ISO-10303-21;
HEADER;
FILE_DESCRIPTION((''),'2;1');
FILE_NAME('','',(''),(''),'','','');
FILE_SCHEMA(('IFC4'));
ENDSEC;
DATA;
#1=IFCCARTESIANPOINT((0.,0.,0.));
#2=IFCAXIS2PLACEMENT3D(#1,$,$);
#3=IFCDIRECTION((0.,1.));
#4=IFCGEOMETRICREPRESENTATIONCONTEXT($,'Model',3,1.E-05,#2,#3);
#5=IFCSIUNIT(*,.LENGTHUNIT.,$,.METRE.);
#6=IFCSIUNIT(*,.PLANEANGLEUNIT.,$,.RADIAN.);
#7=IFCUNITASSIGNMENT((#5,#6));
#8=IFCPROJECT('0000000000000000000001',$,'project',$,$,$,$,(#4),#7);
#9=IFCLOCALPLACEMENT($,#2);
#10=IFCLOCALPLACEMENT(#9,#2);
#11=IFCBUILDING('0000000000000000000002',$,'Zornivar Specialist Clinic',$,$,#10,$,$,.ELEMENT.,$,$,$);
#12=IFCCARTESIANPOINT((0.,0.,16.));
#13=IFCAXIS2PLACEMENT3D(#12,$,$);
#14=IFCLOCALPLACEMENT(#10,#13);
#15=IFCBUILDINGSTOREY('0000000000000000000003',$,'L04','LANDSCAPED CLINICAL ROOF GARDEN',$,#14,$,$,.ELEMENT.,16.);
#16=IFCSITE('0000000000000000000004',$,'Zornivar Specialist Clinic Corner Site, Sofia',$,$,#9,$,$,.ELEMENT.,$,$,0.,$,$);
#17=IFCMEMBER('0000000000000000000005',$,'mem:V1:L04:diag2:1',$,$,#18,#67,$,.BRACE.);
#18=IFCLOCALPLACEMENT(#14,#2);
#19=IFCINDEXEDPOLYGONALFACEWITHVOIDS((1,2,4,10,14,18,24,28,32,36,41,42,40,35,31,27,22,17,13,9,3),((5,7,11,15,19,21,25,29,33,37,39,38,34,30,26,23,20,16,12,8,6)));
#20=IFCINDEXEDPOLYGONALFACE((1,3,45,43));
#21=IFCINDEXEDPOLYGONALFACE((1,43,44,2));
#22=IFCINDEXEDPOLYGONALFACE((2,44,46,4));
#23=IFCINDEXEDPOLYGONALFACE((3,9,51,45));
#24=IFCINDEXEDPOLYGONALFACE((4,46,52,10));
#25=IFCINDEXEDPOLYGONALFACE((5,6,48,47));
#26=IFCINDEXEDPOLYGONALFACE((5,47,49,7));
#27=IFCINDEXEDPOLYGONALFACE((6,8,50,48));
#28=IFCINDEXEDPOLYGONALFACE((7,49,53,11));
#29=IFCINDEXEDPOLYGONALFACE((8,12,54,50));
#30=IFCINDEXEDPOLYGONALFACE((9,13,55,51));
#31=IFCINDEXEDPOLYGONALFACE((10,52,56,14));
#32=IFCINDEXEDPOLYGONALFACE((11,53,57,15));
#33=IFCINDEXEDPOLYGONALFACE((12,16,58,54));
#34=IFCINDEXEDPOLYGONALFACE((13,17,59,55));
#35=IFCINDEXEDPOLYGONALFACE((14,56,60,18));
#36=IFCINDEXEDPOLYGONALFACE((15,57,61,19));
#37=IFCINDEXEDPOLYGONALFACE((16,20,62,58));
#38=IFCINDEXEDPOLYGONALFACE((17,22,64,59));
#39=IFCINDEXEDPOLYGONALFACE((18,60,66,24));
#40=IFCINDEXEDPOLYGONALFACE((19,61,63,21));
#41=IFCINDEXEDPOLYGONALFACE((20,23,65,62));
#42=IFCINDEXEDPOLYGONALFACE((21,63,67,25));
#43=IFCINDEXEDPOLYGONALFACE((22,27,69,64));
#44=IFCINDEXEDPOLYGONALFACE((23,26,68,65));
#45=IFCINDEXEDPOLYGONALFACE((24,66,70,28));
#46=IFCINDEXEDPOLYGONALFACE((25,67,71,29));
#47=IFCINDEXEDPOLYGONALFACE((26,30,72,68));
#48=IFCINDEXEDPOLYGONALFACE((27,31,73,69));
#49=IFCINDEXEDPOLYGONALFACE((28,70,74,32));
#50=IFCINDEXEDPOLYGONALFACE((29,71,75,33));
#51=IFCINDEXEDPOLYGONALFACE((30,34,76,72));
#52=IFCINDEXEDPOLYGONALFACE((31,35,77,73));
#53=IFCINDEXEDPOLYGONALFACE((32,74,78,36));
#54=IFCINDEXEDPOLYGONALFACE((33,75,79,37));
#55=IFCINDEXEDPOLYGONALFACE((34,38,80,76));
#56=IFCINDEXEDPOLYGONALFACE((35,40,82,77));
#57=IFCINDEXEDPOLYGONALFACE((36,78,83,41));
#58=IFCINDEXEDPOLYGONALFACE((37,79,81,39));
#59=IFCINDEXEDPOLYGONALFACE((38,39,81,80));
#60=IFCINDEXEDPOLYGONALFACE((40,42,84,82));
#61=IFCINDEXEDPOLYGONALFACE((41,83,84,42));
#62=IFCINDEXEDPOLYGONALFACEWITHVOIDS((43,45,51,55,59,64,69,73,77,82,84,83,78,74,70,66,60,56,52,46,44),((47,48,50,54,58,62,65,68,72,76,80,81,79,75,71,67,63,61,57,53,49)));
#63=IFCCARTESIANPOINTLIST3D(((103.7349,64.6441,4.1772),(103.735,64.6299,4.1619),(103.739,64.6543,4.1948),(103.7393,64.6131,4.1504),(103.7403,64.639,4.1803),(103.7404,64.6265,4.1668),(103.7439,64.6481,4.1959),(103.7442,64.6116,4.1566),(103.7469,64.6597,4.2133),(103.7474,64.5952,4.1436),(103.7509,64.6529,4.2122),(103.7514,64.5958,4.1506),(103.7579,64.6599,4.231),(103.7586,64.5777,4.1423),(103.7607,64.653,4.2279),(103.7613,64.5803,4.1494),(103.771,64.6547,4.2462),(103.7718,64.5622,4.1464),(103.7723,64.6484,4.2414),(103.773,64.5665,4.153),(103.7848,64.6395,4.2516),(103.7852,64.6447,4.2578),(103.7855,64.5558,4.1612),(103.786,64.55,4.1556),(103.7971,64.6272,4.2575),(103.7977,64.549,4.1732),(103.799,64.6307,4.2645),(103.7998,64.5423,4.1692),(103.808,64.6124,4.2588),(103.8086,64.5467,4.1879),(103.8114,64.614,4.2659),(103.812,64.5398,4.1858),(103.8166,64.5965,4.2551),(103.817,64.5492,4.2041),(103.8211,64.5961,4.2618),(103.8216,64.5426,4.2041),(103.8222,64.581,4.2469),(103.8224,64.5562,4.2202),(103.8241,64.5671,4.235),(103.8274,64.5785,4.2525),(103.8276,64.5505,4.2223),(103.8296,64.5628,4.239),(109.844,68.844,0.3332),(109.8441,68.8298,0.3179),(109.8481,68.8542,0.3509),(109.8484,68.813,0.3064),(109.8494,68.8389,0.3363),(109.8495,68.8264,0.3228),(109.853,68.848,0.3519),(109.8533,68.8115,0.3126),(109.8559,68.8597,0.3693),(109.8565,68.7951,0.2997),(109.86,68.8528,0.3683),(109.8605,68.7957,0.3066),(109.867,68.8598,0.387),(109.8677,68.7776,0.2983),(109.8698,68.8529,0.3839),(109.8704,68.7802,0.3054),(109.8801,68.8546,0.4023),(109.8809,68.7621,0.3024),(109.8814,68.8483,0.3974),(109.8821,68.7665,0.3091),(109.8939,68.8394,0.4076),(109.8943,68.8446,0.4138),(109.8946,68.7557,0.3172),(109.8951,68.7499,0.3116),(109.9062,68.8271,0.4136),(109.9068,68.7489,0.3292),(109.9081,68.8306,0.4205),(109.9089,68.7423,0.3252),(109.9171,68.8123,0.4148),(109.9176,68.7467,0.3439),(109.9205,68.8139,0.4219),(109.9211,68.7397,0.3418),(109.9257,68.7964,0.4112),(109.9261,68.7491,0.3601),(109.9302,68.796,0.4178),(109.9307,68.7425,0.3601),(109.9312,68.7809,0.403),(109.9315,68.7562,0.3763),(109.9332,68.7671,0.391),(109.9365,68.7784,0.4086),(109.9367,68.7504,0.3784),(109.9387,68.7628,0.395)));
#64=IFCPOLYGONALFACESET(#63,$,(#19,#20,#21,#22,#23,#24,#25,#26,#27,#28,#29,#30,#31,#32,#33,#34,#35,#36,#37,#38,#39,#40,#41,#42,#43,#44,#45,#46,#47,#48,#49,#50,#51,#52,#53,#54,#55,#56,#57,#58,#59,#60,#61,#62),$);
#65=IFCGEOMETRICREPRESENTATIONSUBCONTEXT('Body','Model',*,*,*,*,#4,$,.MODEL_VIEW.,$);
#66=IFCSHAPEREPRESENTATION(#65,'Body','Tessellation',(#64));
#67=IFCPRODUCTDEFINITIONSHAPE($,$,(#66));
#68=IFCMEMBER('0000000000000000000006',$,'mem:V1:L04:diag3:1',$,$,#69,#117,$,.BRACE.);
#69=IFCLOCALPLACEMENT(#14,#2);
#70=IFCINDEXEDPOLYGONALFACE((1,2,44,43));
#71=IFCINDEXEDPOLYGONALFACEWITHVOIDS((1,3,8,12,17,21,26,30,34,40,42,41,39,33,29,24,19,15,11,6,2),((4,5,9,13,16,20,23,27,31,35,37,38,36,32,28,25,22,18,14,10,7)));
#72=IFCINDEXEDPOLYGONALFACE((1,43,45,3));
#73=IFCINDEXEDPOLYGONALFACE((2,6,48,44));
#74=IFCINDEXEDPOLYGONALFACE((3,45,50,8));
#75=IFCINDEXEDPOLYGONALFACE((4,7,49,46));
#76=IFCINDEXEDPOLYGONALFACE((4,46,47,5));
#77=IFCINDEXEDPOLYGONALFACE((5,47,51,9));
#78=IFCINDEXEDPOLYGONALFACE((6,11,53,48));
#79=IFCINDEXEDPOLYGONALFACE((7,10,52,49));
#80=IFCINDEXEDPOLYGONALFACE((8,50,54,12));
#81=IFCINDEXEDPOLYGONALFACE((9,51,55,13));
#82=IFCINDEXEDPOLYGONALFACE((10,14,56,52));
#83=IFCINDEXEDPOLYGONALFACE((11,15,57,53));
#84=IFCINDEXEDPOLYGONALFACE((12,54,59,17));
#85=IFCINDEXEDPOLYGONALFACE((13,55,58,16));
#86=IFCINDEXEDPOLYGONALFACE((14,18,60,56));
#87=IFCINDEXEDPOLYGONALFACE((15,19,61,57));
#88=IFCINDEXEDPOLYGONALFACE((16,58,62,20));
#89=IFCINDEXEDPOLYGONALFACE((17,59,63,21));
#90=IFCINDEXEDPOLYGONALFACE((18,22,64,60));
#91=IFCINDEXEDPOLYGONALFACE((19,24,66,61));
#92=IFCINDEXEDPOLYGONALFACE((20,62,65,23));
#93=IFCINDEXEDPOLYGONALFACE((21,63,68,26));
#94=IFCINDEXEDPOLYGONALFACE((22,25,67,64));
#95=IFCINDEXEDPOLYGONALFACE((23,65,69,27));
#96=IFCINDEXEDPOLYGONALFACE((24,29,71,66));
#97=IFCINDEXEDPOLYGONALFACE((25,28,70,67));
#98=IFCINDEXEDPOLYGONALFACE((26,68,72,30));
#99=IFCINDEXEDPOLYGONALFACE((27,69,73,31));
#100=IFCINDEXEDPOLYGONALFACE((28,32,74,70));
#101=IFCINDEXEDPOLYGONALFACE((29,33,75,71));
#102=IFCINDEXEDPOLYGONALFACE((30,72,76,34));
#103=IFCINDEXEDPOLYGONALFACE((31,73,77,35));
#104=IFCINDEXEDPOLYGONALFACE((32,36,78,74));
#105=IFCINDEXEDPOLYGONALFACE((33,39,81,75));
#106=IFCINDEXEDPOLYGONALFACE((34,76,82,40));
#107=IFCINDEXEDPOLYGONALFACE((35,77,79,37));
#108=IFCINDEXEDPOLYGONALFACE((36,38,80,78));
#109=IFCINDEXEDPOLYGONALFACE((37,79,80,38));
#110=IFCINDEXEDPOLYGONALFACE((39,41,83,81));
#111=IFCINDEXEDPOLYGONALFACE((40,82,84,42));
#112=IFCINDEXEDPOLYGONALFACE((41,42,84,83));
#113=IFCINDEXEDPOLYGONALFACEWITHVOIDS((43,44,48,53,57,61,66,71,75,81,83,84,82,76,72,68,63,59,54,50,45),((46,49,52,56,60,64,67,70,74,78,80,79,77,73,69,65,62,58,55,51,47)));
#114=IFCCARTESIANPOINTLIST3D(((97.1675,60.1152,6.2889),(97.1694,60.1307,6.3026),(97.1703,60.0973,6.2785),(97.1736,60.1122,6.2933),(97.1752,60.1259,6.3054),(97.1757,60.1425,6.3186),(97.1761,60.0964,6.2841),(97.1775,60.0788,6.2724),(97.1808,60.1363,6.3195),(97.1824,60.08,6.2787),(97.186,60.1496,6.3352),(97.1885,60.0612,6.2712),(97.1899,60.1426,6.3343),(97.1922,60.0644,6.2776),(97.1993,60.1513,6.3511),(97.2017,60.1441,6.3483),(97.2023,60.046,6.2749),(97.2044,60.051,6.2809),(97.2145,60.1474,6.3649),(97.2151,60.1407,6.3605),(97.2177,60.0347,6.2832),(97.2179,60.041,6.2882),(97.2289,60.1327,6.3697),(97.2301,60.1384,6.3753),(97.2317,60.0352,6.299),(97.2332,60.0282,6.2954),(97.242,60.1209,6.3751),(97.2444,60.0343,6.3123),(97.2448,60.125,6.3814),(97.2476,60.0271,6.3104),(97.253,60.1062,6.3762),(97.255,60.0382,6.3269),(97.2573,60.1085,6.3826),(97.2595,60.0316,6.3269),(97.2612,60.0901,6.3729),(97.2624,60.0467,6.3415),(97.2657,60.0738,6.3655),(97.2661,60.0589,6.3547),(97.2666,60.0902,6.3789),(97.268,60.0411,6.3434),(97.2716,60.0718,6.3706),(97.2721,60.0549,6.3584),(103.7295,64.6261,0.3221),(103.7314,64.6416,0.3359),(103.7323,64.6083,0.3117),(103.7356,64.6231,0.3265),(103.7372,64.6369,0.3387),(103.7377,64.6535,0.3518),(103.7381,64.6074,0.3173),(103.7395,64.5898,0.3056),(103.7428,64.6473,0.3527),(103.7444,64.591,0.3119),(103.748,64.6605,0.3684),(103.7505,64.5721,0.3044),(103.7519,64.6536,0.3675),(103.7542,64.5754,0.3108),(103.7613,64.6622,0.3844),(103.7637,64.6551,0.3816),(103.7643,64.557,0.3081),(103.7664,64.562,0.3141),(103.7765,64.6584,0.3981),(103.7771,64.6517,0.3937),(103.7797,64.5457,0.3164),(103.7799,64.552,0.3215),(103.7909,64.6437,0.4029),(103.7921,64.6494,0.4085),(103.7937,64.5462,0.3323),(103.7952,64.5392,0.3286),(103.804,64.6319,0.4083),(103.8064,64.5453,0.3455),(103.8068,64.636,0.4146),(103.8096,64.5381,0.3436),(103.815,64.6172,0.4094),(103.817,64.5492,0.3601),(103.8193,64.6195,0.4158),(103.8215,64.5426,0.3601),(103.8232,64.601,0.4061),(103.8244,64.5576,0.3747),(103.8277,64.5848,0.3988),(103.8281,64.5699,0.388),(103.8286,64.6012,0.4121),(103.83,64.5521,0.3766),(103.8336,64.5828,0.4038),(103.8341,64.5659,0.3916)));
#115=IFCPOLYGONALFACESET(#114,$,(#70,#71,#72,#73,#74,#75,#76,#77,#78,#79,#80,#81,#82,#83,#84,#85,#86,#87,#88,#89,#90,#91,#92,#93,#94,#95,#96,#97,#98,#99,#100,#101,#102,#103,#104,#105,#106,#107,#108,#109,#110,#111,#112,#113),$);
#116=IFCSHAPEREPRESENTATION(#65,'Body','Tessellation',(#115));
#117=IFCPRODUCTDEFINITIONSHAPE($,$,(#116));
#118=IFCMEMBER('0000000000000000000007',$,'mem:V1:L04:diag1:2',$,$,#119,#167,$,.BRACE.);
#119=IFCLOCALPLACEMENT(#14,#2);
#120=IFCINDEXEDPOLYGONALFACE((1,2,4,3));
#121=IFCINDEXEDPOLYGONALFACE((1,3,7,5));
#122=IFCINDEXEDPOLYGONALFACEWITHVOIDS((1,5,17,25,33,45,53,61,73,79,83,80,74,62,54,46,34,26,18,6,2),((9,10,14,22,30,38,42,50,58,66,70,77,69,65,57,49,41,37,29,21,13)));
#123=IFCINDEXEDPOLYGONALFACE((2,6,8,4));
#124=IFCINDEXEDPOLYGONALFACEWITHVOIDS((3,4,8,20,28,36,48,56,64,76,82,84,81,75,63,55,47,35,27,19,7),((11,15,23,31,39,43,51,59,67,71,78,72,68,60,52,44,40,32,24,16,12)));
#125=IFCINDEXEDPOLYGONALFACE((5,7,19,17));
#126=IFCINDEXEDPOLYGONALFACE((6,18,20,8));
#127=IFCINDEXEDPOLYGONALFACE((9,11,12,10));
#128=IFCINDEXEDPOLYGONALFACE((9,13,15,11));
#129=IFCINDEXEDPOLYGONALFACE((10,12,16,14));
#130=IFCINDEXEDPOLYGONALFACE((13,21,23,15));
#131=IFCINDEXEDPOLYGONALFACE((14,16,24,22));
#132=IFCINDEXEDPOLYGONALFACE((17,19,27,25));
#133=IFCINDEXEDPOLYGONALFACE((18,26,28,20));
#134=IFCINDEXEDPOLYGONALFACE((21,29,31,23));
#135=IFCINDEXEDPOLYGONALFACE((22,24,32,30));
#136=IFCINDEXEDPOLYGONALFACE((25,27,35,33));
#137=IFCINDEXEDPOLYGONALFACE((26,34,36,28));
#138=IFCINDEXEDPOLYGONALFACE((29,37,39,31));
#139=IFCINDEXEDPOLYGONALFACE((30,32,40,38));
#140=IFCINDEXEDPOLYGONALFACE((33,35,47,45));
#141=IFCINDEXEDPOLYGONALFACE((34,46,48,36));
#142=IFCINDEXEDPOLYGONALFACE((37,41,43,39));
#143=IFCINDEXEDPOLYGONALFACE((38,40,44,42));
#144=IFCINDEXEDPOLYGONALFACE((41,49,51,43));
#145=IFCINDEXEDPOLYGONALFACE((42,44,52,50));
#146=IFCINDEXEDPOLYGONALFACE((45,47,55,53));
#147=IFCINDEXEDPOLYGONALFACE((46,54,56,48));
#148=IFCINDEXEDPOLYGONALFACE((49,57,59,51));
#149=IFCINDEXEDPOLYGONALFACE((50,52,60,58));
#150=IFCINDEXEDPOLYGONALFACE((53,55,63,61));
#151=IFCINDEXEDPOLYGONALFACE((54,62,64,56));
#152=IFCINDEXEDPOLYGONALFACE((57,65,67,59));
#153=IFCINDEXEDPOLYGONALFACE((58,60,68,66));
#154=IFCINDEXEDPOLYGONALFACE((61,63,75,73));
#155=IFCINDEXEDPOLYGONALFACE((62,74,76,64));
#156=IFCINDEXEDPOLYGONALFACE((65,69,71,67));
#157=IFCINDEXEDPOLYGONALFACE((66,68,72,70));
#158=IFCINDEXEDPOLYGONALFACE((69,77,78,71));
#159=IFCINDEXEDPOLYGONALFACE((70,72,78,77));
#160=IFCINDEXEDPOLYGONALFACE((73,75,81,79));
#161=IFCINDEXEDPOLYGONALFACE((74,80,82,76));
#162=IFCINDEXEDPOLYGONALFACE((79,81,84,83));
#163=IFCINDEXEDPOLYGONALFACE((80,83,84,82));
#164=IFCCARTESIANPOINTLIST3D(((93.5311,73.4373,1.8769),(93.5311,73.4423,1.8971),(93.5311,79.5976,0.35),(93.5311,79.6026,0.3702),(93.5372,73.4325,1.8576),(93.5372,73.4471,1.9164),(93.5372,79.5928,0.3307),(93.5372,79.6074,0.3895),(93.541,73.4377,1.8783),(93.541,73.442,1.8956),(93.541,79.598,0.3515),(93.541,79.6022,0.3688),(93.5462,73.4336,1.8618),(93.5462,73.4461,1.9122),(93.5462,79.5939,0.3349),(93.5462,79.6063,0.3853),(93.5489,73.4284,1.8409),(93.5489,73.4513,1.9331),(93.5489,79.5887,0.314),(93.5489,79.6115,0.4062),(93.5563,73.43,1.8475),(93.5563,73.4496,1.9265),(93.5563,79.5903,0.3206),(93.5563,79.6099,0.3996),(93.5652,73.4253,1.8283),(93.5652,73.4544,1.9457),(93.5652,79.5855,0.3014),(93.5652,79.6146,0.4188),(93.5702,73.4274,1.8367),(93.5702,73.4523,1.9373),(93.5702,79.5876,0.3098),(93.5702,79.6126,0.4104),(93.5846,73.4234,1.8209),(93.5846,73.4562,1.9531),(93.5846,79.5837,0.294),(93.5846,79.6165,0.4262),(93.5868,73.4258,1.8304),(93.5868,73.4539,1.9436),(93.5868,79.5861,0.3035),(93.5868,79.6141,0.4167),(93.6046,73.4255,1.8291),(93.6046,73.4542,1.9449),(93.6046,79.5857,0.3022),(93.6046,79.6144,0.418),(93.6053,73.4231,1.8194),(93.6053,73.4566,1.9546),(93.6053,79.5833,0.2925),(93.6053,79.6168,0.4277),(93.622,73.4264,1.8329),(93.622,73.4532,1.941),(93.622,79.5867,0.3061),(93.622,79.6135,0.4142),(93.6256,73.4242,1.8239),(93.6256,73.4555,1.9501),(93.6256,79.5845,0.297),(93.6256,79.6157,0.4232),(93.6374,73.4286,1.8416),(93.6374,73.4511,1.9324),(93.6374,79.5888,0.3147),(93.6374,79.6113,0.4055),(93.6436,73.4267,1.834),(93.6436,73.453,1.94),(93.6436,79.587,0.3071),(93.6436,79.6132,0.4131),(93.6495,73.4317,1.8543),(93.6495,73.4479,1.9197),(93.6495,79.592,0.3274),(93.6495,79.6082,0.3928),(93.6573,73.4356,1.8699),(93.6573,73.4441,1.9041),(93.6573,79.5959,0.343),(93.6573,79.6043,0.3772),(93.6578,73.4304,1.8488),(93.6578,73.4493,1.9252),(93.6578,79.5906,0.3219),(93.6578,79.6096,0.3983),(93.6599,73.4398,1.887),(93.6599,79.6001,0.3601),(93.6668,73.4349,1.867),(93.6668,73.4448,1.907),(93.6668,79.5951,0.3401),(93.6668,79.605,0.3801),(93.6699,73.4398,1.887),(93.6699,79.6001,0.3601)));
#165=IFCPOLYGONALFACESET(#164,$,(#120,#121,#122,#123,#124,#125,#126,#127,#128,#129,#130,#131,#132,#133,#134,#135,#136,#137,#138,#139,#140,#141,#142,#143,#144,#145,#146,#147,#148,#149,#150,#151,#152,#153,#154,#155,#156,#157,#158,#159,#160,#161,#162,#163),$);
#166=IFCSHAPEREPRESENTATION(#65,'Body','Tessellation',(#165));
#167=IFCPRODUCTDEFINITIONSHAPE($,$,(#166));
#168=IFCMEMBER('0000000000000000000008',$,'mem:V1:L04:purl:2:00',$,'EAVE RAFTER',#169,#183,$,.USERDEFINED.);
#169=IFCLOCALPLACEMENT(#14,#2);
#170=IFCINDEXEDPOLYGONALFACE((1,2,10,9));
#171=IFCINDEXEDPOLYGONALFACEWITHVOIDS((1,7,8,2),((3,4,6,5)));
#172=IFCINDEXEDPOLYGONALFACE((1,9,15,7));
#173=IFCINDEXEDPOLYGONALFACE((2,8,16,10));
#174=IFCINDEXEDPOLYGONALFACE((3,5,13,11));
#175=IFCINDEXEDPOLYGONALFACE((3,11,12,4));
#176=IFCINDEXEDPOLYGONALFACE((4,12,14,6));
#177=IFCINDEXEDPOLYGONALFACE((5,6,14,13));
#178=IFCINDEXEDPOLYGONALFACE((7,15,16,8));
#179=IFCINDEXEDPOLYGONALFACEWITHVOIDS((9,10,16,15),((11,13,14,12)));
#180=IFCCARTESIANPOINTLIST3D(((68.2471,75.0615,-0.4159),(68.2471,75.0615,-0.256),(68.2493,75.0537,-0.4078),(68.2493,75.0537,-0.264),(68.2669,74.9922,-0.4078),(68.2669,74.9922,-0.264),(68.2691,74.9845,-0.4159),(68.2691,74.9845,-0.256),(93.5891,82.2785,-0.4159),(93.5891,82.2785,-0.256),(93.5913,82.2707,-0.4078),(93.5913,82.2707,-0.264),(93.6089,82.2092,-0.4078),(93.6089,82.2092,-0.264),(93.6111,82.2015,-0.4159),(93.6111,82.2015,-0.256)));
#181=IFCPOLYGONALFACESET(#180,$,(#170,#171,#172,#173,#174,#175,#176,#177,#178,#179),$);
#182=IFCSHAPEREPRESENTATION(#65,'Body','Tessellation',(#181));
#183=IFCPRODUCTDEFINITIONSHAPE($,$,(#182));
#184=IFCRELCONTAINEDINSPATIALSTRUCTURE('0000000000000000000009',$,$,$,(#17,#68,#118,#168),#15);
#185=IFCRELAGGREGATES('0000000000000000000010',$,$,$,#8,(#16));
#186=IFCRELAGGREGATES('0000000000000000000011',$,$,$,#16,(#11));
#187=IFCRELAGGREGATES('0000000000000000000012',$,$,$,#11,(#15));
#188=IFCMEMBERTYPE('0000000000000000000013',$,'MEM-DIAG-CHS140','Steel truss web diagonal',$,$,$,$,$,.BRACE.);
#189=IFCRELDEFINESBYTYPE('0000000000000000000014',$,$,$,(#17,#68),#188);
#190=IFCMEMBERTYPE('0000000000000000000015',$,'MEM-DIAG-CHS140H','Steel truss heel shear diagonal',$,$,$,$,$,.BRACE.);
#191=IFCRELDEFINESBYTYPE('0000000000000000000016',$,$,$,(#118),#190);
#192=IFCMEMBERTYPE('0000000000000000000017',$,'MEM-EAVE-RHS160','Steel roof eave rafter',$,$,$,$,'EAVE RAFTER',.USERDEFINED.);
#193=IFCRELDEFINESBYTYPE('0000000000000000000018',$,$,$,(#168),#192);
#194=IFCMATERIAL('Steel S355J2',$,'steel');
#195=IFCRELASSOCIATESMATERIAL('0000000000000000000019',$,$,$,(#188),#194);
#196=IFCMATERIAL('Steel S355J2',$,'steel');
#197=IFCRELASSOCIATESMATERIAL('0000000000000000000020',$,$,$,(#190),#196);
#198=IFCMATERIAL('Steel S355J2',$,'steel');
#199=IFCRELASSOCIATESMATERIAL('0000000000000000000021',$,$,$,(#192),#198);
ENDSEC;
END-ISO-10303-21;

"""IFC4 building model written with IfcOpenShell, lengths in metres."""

from ifc_helpers import new_model, si_unit, direction, frame, origin, origin_2d, place, context, subcontext, project, spatial, hollow_rectangle, hollow_circle, extrude, material, material_profile, profile_set, type_object, element, save


model = new_model("IFC4")

# Units and contexts
model_context = context("Model", 3, precision=1e-05, world=origin(), true_north=direction((0.0, 1.0)))
body_context = subcontext(model_context, "Body", "Model", "MODEL_VIEW")
ifc_project = project(units=[si_unit("LENGTHUNIT", "METRE"), si_unit("PLANEANGLEUNIT", "RADIAN")], contexts=[model_context])

# Site, building, storey
site_placement = place(None, origin())
site = spatial("IfcSite", under=ifc_project, at=site_placement, Name="Zornivar Specialist Clinic Corner Site, Sofia", CompositionType="ELEMENT", RefElevation=0.0)
building_placement = place(site_placement, origin())
building = spatial("IfcBuilding", under=site, at=building_placement, Name="Zornivar Specialist Clinic", CompositionType="ELEMENT")
storey_placement = place(building_placement, frame((0.0, 0.0, 16.0)))
storey = spatial("IfcBuildingStorey", under=building, at=storey_placement, Name="L04", Description="LANDSCAPED CLINICAL ROOF GARDEN", CompositionType="ELEMENT", Elevation=16.0)

# Members
ifc_material_1 = material(Name="Steel S355J2", Category="steel")
ifc_material_profile_1 = material_profile(ifc_material_1, hollow_circle(Radius=0.0698, WallThickness=0.0081, at=origin_2d()), Name="CHS 139.7x8")
ifc_profile_set_1 = profile_set([ifc_material_profile_1], Name="Steel S355J2")
member_type_1 = type_object("IfcMemberType", Name="MEM-DIAG-CHS140", Description="Steel truss web diagonal", PredefinedType="BRACE", material=ifc_profile_set_1)
member_1_placement = place(storey_placement, frame((109.8911, 68.8, 0.3601), z_axis=(-0.731554, -0.502935, 0.46031), x_axis=(0.566522, -0.824047, 0.0)))
element("IfcMember", 1, at=member_1_placement, inside=storey, type_object=member_type_1, Name="mem:V1:L04:diag2:1", PredefinedType="BRACE", context=body_context, shape_type="SweptSolid", body=[
    extrude(hollow_circle(Radius=0.0698, WallThickness=0.0081, at=origin_2d()), origin(), (0.0, 0.0, 1.0), 8.3508),
])
member_2_placement = place(storey_placement, frame((103.782, 64.6001, 0.3601), z_axis=(-0.659468, -0.453344, 0.59965), x_axis=(0.566495, -0.824065, 0.0)))
element("IfcMember", 2, at=member_2_placement, inside=storey, type_object=member_type_1, Name="mem:V1:L04:diag3:1", PredefinedType="BRACE", context=body_context, shape_type="SweptSolid", body=[
    extrude(hollow_circle(Radius=0.0698, WallThickness=0.0081, at=origin_2d()), origin(), (0.0, 0.0, 1.0), 9.9504),
])
ifc_material_2 = material(Name="Steel S355J2", Category="steel")
ifc_material_profile_2 = material_profile(ifc_material_2, hollow_circle(Radius=0.0698, WallThickness=0.01, at=origin_2d()), Name="CHS 139.7x10")
ifc_profile_set_2 = profile_set([ifc_material_profile_2], Name="Steel S355J2")
member_type_2 = type_object("IfcMemberType", Name="MEM-DIAG-CHS140H", Description="Steel truss heel shear diagonal", PredefinedType="BRACE", material=ifc_profile_set_2)
member_3_placement = place(storey_placement, frame((93.6001, 79.6001, 0.3601), z_axis=(0.0, -0.970629, 0.24058), x_axis=(1.0, 0.0, 0.0)))
element("IfcMember", 3, at=member_3_placement, inside=storey, type_object=member_type_2, Name="mem:V1:L04:diag1:2", PredefinedType="BRACE", context=body_context, shape_type="SweptSolid", body=[
    extrude(hollow_circle(Radius=0.0698, WallThickness=0.01, at=origin_2d()), origin(), (0.0, 0.0, 1.0), 6.3467),
])
ifc_material_3 = material(Name="Steel S355J2", Category="steel")
ifc_material_profile_3 = material_profile(ifc_material_3, hollow_rectangle(XDim=0.0801, YDim=0.1599, WallThickness=0.0081, at=origin_2d()), Name="RHS 160x80x8")
ifc_profile_set_3 = profile_set([ifc_material_profile_3], Name="Steel S355J2")
member_type_3 = type_object("IfcMemberType", Name="MEM-EAVE-RHS160", Description="Steel roof eave rafter", ElementType="EAVE RAFTER", PredefinedType="USERDEFINED", material=ifc_profile_set_3)
member_4_placement = place(storey_placement, frame((93.6001, 82.24, -0.3359), z_axis=(-0.96176, -0.273895, 0.0), x_axis=(0.273895, -0.96176, 0.0)))
element("IfcMember", 4, at=member_4_placement, inside=storey, type_object=member_type_3, Name="mem:V1:L04:purl:2:00", ObjectType="EAVE RAFTER", PredefinedType="USERDEFINED", context=body_context, shape_type="SweptSolid", body=[
    extrude(hollow_rectangle(XDim=0.0801, YDim=0.1599, WallThickness=0.0081, at=origin_2d()), origin(), (0.0, 0.0, 1.0), 26.3496),
])

save(model, "model.ifc")
